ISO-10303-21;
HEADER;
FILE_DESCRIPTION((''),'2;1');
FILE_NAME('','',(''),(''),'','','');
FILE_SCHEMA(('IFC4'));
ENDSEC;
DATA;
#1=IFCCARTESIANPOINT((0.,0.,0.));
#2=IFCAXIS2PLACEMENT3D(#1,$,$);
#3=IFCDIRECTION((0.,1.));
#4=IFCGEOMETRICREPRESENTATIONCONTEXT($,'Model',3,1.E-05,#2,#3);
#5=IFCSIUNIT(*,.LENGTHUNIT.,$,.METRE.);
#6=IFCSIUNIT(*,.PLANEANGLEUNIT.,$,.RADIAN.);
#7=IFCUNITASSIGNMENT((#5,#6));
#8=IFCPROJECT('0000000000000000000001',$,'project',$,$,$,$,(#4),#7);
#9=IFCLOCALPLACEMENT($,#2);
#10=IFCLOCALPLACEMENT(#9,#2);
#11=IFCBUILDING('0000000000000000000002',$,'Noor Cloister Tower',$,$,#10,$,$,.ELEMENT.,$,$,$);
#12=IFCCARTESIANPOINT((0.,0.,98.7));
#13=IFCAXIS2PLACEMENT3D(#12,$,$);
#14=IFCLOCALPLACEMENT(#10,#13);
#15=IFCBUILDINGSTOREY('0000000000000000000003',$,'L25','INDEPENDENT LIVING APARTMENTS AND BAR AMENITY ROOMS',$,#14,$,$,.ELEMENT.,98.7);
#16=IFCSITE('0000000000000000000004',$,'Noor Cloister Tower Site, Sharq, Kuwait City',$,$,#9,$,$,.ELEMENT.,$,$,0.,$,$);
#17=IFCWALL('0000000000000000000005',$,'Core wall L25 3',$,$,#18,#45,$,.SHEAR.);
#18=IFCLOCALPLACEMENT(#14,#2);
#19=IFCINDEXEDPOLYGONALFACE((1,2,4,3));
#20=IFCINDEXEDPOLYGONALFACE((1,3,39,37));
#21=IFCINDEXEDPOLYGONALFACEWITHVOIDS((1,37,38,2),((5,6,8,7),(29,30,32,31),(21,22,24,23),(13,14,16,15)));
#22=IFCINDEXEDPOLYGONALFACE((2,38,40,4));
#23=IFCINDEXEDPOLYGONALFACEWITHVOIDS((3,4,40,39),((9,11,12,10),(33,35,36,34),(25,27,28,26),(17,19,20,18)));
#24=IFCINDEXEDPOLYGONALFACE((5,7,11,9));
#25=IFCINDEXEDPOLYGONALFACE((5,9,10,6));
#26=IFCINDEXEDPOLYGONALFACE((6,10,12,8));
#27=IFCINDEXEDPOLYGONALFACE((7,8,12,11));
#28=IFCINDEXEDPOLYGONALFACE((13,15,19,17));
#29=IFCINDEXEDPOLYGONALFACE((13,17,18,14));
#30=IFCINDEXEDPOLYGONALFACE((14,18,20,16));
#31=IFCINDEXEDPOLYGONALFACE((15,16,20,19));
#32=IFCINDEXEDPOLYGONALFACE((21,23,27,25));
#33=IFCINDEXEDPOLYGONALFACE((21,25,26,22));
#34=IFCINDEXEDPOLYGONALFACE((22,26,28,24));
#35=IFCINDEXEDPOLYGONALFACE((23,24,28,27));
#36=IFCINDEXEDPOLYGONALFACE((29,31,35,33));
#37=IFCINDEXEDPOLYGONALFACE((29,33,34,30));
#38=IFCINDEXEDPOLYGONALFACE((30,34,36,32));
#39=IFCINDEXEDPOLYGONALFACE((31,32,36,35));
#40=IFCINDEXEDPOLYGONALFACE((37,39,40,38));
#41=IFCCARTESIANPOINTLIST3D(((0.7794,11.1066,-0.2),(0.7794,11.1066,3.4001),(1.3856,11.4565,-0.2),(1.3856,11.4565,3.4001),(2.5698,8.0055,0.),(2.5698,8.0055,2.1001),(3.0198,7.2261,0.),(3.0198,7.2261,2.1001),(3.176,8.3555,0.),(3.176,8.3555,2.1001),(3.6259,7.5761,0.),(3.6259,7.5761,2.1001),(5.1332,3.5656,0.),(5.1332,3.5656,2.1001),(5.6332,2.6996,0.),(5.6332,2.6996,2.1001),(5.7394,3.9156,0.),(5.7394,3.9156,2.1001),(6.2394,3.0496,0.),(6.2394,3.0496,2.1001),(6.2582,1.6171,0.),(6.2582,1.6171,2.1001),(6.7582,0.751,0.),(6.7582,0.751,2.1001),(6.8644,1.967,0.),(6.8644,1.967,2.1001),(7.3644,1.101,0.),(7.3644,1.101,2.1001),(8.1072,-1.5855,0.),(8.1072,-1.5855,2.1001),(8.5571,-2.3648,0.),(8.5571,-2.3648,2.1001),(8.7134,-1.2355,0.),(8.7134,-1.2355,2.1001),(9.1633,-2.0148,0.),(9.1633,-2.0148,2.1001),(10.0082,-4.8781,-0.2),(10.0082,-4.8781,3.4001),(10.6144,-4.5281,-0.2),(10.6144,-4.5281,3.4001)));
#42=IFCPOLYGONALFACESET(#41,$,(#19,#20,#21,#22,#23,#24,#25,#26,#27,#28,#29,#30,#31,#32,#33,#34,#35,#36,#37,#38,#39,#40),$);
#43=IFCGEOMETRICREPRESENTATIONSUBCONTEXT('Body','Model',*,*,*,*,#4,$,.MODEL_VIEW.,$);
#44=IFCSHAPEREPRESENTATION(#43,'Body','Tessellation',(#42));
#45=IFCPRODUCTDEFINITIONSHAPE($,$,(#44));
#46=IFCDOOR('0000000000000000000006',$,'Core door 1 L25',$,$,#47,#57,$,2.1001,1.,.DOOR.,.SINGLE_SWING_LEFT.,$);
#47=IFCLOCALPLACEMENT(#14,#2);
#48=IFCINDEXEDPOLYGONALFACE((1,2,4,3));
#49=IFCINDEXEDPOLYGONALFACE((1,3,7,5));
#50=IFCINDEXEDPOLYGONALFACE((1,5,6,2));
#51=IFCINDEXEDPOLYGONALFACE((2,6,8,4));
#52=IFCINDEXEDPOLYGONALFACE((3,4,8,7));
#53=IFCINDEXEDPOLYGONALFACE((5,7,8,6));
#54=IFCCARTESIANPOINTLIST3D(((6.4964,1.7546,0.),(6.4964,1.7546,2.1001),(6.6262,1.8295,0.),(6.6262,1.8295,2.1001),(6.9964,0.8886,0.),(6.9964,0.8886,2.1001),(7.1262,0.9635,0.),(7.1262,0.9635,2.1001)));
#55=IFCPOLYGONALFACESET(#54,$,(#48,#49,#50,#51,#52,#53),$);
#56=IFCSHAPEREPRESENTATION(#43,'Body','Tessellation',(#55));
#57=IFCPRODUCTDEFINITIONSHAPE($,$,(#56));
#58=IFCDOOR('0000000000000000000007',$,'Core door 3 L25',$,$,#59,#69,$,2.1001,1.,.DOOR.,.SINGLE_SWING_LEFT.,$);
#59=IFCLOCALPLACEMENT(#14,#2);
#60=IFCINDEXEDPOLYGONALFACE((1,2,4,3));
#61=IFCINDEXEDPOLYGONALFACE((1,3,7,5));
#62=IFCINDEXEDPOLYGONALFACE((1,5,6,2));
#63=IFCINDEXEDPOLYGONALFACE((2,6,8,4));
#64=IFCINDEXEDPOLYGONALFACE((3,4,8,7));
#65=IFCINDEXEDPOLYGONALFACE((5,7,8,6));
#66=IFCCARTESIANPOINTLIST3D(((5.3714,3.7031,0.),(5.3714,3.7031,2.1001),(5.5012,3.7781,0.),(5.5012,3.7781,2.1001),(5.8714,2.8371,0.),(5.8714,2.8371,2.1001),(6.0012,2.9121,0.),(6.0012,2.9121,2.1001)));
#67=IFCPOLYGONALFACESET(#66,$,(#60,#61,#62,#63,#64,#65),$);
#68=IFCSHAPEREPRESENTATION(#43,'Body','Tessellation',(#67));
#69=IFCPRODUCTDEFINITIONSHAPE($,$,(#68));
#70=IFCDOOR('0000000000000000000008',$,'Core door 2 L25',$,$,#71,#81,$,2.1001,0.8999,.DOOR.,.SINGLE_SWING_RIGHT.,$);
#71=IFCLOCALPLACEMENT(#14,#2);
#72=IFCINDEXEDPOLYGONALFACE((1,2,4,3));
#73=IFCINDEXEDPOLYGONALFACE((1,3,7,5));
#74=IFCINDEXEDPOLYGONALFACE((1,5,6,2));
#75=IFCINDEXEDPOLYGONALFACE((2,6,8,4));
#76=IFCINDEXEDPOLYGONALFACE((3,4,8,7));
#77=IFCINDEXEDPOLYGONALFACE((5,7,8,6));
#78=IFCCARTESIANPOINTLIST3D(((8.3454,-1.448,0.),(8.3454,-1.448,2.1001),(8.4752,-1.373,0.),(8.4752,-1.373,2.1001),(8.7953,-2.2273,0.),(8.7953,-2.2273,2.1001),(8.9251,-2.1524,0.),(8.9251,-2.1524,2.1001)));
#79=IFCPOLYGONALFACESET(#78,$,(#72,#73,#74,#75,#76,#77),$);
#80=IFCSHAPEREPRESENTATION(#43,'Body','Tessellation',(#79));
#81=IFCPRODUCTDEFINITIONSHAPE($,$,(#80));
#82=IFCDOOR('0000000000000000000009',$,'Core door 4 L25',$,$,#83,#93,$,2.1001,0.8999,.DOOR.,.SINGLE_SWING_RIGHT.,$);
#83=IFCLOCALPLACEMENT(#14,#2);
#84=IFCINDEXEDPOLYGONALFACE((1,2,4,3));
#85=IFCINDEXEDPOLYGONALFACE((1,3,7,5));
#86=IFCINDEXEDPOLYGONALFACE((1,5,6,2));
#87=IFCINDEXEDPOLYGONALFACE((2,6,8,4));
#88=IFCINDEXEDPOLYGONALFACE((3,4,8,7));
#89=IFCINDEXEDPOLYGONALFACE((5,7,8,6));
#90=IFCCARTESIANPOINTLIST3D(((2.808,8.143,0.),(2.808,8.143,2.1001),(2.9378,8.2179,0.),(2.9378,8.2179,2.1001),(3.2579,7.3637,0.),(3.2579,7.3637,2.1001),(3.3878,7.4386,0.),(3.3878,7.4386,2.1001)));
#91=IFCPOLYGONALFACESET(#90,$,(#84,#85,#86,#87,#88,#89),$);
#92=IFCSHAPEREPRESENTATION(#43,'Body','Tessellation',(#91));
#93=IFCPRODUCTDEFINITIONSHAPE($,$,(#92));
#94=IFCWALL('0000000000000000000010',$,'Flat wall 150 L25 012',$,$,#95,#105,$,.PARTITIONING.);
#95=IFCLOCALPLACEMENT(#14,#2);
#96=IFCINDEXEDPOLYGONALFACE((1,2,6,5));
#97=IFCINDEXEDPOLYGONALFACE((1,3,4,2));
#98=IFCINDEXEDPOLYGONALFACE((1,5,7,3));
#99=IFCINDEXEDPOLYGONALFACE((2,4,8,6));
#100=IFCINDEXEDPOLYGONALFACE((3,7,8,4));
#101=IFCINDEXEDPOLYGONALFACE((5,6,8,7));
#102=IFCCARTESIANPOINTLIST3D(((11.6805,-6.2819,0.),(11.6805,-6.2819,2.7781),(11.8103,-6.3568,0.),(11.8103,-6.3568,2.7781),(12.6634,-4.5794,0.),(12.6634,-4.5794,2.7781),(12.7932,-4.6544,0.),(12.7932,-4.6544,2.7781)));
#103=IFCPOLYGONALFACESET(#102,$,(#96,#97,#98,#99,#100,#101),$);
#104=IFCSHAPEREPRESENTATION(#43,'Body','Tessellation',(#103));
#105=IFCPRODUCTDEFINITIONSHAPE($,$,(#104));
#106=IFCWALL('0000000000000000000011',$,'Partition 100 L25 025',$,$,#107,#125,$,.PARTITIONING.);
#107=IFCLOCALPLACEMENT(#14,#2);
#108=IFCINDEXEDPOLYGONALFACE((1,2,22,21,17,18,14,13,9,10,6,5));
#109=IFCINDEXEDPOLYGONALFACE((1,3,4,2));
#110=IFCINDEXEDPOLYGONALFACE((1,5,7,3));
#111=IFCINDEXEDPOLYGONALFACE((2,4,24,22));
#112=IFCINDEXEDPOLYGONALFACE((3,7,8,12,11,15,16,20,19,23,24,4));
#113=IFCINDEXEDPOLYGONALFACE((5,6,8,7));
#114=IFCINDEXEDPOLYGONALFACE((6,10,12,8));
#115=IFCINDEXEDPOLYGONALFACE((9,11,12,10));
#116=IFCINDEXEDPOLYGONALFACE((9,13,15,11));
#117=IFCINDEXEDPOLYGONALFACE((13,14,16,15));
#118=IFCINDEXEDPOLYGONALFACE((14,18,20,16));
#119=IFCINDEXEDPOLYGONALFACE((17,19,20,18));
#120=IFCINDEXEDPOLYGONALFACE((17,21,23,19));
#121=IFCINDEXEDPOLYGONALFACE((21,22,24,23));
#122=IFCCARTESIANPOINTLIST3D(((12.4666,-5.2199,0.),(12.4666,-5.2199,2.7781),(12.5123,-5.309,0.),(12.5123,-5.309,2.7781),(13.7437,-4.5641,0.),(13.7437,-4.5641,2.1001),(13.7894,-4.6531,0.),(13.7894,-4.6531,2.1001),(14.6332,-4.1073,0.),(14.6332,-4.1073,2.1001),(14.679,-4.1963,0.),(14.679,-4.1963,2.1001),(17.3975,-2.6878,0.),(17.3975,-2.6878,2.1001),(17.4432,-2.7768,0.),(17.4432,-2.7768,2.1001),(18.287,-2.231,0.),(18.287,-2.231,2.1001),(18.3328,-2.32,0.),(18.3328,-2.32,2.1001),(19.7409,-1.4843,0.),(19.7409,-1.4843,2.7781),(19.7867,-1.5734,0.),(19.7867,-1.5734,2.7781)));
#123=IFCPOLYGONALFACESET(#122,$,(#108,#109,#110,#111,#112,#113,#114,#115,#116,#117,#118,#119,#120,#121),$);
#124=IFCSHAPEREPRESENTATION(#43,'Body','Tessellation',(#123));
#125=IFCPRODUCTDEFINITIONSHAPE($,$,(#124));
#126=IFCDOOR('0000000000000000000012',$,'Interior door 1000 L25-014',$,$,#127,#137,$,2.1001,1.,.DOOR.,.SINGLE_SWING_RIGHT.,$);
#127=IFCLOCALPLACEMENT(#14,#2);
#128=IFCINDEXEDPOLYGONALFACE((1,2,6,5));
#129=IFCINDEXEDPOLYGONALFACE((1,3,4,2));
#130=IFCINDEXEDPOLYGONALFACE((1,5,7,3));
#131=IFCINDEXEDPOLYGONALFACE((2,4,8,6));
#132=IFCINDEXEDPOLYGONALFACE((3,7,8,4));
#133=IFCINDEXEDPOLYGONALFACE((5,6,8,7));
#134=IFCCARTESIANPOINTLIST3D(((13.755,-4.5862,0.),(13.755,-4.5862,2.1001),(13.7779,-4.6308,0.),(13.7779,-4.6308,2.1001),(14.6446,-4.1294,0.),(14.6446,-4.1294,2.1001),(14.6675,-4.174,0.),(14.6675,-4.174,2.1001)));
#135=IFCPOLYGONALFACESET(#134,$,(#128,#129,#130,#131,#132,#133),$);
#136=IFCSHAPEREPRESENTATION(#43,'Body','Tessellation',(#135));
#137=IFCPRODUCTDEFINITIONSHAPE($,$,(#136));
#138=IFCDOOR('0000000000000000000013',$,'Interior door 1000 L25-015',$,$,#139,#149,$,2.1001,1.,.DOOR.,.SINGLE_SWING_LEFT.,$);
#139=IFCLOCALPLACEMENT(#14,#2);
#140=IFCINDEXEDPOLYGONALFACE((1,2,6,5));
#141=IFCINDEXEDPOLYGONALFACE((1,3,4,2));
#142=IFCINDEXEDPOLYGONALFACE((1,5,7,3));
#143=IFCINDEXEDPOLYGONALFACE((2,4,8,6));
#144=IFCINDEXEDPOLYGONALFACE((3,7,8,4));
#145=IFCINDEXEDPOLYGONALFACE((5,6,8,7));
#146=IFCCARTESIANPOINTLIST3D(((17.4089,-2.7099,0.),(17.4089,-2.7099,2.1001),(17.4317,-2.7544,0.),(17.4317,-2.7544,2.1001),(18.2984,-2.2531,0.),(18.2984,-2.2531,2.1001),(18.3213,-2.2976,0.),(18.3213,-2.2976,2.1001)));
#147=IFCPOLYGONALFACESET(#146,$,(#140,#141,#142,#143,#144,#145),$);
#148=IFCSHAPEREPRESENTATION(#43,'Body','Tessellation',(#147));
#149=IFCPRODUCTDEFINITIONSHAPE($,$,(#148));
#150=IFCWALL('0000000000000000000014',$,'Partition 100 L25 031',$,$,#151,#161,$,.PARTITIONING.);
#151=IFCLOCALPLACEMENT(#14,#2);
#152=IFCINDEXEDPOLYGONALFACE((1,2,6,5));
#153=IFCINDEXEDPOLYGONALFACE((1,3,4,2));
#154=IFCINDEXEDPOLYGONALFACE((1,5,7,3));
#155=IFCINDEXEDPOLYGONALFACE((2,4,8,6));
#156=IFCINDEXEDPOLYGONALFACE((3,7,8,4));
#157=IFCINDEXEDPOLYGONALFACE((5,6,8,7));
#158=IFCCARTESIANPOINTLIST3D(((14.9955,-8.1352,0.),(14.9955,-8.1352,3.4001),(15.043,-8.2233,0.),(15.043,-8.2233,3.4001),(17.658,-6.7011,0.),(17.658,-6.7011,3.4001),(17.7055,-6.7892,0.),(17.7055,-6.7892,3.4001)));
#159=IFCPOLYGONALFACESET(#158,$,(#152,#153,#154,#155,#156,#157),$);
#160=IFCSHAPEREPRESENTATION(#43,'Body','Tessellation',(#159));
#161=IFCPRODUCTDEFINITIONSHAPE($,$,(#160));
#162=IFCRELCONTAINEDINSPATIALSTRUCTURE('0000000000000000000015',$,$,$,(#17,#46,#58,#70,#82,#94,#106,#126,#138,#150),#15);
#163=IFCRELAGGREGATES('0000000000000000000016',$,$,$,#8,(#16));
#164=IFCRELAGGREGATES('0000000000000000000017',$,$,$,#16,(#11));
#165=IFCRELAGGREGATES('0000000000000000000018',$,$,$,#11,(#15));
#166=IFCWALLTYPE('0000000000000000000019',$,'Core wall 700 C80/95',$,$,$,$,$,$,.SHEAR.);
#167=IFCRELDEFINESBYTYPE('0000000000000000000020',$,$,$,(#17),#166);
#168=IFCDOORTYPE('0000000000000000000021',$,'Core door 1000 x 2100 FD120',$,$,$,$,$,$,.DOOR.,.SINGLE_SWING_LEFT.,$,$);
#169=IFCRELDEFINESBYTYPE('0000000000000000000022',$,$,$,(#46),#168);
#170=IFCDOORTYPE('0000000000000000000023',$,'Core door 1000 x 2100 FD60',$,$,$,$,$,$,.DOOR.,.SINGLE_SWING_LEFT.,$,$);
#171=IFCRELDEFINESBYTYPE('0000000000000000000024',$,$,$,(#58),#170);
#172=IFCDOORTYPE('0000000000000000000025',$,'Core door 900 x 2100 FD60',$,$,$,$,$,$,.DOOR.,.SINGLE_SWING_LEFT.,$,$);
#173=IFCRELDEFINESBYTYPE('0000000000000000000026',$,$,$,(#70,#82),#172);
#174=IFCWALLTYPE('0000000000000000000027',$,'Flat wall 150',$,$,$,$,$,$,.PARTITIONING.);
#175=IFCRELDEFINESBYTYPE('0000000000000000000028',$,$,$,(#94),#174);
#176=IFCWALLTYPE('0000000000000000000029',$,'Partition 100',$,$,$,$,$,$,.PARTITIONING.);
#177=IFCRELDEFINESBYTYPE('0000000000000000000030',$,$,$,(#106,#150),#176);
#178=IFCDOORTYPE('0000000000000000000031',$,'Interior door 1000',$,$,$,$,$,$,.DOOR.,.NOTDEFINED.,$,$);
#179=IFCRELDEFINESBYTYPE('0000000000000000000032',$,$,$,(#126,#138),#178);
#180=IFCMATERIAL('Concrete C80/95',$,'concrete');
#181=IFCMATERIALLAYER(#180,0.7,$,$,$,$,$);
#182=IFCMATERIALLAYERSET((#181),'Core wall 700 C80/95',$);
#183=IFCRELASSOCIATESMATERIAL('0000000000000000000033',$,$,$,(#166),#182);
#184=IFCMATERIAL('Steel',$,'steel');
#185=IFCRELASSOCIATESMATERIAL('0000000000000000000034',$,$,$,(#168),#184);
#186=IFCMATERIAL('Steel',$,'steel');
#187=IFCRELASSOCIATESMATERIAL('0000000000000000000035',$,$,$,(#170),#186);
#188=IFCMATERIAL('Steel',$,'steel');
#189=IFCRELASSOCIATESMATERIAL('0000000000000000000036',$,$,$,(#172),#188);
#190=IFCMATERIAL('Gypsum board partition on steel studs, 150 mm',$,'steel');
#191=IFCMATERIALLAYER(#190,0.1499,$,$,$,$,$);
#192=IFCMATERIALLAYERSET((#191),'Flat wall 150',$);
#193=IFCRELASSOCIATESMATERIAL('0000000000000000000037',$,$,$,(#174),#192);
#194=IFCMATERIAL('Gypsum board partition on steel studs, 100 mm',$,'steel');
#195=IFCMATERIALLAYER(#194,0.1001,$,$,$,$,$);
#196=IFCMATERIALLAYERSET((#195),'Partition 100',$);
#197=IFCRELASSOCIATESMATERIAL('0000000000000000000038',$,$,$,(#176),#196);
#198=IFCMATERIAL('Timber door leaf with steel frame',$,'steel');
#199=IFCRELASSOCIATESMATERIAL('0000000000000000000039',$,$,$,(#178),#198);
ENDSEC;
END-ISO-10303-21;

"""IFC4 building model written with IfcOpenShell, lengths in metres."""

from ifc_helpers import new_model, si_unit, direction, frame, frame_2d, origin, place, context, subcontext, project, spatial, rectangle, extrude, material, layer, layer_set, type_object, element, fill, save


model = new_model("IFC4")

# Units and contexts
model_context = context("Model", 3, precision=1e-05, world=origin(), true_north=direction((0.0, 1.0)))
body_context = subcontext(model_context, "Body", "Model", "MODEL_VIEW")
ifc_project = project(units=[si_unit("LENGTHUNIT", "METRE"), si_unit("PLANEANGLEUNIT", "RADIAN")], contexts=[model_context])

# Site, building, storey
site_placement = place(None, origin())
site = spatial("IfcSite", under=ifc_project, at=site_placement, Name="Noor Cloister Tower Site, Sharq, Kuwait City", CompositionType="ELEMENT", RefElevation=0.0)
building_placement = place(site_placement, origin())
building = spatial("IfcBuilding", under=site, at=building_placement, Name="Noor Cloister Tower", CompositionType="ELEMENT")
storey_placement = place(building_placement, frame((0.0, 0.0, 98.7)))
storey = spatial("IfcBuildingStorey", under=building, at=storey_placement, Name="L25", Description="INDEPENDENT LIVING APARTMENTS AND BAR AMENITY ROOMS", CompositionType="ELEMENT", Elevation=98.7)

# Wall, openings, doors
ifc_material_1 = material(Name="Concrete C80/95", Category="concrete")
ifc_layer_1 = layer(ifc_material_1, 0.7)
ifc_layer_set_1 = layer_set([ifc_layer_1], Name="Core wall 700 C80/95")
wall_type_1 = type_object("IfcWallType", Name="Core wall 700 C80/95", PredefinedType="SHEAR", material=ifc_layer_set_1)
wall_1_placement = place(storey_placement, frame((10.3113, -4.7031, -0.2), z_axis=(0.0, 0.0, 1.0), x_axis=(-0.500001, 0.866025, 0.0)))
wall_1 = element("IfcWall", 1, at=wall_1_placement, inside=storey, type_object=wall_type_1, Name="Core wall L25 3", PredefinedType="SHEAR", context=body_context, shape_type="SweptSolid", body=[
    extrude(rectangle(XDim=18.4575, YDim=0.7, at=frame_2d((9.2288, 0.0))), origin(), (0.0, 0.0, 1.0), 3.6001),
])
opening_1_placement = place(wall_1_placement, frame((6.5, 0.0, 0.2)))
opening_1 = element("IfcOpeningElement", 2, at=opening_1_placement, cuts=wall_1, PredefinedType="OPENING", context=body_context, shape_type="SweptSolid", body=[
    extrude(rectangle(XDim=1.0, YDim=2.1001, at=frame_2d((0.5, 1.05))), frame((0.0, 0.3599, 0.0), z_axis=(0.0, -1.0, 0.0), x_axis=(1.0, 0.0, 0.0)), (0.0, 0.0, 1.0), 0.72),
])
opening_2_placement = place(wall_1_placement, frame((2.9021, 0.0, 0.2)))
opening_2 = element("IfcOpeningElement", 3, at=opening_2_placement, cuts=wall_1, PredefinedType="OPENING", context=body_context, shape_type="SweptSolid", body=[
    extrude(rectangle(XDim=0.8999, YDim=2.1001, at=frame_2d((0.45, 1.05))), frame((0.0, 0.3599, 0.0), z_axis=(0.0, -1.0, 0.0), x_axis=(1.0, 0.0, 0.0)), (0.0, 0.0, 1.0), 0.72),
])
opening_3_placement = place(wall_1_placement, frame((8.75, 0.0, 0.2)))
opening_3 = element("IfcOpeningElement", 4, at=opening_3_placement, cuts=wall_1, PredefinedType="OPENING", context=body_context, shape_type="SweptSolid", body=[
    extrude(rectangle(XDim=1.0, YDim=2.1001, at=frame_2d((0.5, 1.05))), frame((0.0, 0.3599, 0.0), z_axis=(0.0, -1.0, 0.0), x_axis=(1.0, 0.0, 0.0)), (0.0, 0.0, 1.0), 0.72),
])
opening_4_placement = place(wall_1_placement, frame((13.9768, 0.0, 0.2)))
opening_4 = element("IfcOpeningElement", 5, at=opening_4_placement, cuts=wall_1, PredefinedType="OPENING", context=body_context, shape_type="SweptSolid", body=[
    extrude(rectangle(XDim=0.8999, YDim=2.1001, at=frame_2d((0.45, 1.05))), frame((0.0, 0.3599, 0.0), z_axis=(0.0, -1.0, 0.0), x_axis=(1.0, 0.0, 0.0)), (0.0, 0.0, 1.0), 0.72),
])
ifc_material_2 = material(Name="Steel", Category="steel")
door_type_1 = type_object("IfcDoorType", Name="Core door 1000 x 2100 FD120", OperationType="SINGLE_SWING_LEFT", PredefinedType="DOOR", material=ifc_material_2)
door_1_placement = place(opening_1_placement, origin())
door_1 = element("IfcDoor", 6, at=door_1_placement, inside=storey, type_object=door_type_1, Name="Core door 1 L25", OperationType="SINGLE_SWING_LEFT", OverallHeight=2.1001, OverallWidth=1.0, PredefinedType="DOOR", context=body_context, shape_type="SweptSolid", body=[
    extrude(rectangle(XDim=1.0, YDim=2.1001, at=frame_2d((0.5, 1.05))), frame((0.0, 0.075, 0.0), z_axis=(0.0, -1.0, 0.0), x_axis=(1.0, 0.0, 0.0)), (0.0, 0.0, 1.0), 0.1499),
])
fill(opening_1, door_1)
ifc_material_3 = material(Name="Steel", Category="steel")
door_type_2 = type_object("IfcDoorType", Name="Core door 1000 x 2100 FD60", OperationType="SINGLE_SWING_LEFT", PredefinedType="DOOR", material=ifc_material_3)
door_2_placement = place(opening_3_placement, origin())
door_2 = element("IfcDoor", 7, at=door_2_placement, inside=storey, type_object=door_type_2, Name="Core door 3 L25", OperationType="SINGLE_SWING_LEFT", OverallHeight=2.1001, OverallWidth=1.0, PredefinedType="DOOR", context=body_context, shape_type="SweptSolid", body=[
    extrude(rectangle(XDim=1.0, YDim=2.1001, at=frame_2d((0.5, 1.05))), frame((0.0, 0.075, 0.0), z_axis=(0.0, -1.0, 0.0), x_axis=(1.0, 0.0, 0.0)), (0.0, 0.0, 1.0), 0.1499),
])
fill(opening_3, door_2)
ifc_material_4 = material(Name="Steel", Category="steel")
door_type_3 = type_object("IfcDoorType", Name="Core door 900 x 2100 FD60", OperationType="SINGLE_SWING_LEFT", PredefinedType="DOOR", material=ifc_material_4)
door_3_placement = place(opening_2_placement, origin())
door_3 = element("IfcDoor", 8, at=door_3_placement, inside=storey, type_object=door_type_3, Name="Core door 2 L25", OperationType="SINGLE_SWING_RIGHT", OverallHeight=2.1001, OverallWidth=0.8999, PredefinedType="DOOR", context=body_context, shape_type="SweptSolid", body=[
    extrude(rectangle(XDim=0.8999, YDim=2.1001, at=frame_2d((0.45, 1.05))), frame((0.0, 0.075, 0.0), z_axis=(0.0, -1.0, 0.0), x_axis=(1.0, 0.0, 0.0)), (0.0, 0.0, 1.0), 0.1499),
])
fill(opening_2, door_3)
door_4_placement = place(opening_4_placement, origin())
door_4 = element("IfcDoor", 9, at=door_4_placement, inside=storey, type_object=door_type_3, Name="Core door 4 L25", OperationType="SINGLE_SWING_RIGHT", OverallHeight=2.1001, OverallWidth=0.8999, PredefinedType="DOOR", context=body_context, shape_type="SweptSolid", body=[
    extrude(rectangle(XDim=0.8999, YDim=2.1001, at=frame_2d((0.45, 1.05))), frame((0.0, 0.075, 0.0), z_axis=(0.0, -1.0, 0.0), x_axis=(1.0, 0.0, 0.0)), (0.0, 0.0, 1.0), 0.1499),
])
fill(opening_4, door_4)

# Wall
ifc_material_5 = material(Name="Gypsum board partition on steel studs, 150 mm", Category="steel")
ifc_layer_2 = layer(ifc_material_5, 0.1499)
ifc_layer_set_2 = layer_set([ifc_layer_2], Name="Flat wall 150")
wall_type_2 = type_object("IfcWallType", Name="Flat wall 150", PredefinedType="PARTITIONING", material=ifc_layer_set_2)
wall_2_placement = place(storey_placement, frame((11.7454, -6.3193, 0.0), z_axis=(0.0, 0.0, 1.0), x_axis=(0.500013, 0.866018, 0.0)))
element("IfcWall", 10, at=wall_2_placement, inside=storey, type_object=wall_type_2, Name="Flat wall 150 L25 012", PredefinedType="PARTITIONING", context=body_context, shape_type="SweptSolid", body=[
    extrude(rectangle(XDim=1.9658, YDim=0.1499, at=frame_2d((0.9829, 0.0))), origin(), (0.0, 0.0, 1.0), 2.7781),
])

# Wall, openings, doors
ifc_material_6 = material(Name="Gypsum board partition on steel studs, 100 mm", Category="steel")
ifc_layer_3 = layer(ifc_material_6, 0.1001)
ifc_layer_set_3 = layer_set([ifc_layer_3], Name="Partition 100")
wall_type_3 = type_object("IfcWallType", Name="Partition 100", PredefinedType="PARTITIONING", material=ifc_layer_set_3)
wall_3_placement = place(storey_placement, frame((19.7639, -1.5288, 0.0), z_axis=(0.0, 0.0, 1.0), x_axis=(-0.889563, -0.456813, 0.0)))
wall_3 = element("IfcWall", 11, at=wall_3_placement, inside=storey, type_object=wall_type_3, Name="Partition 100 L25 025", PredefinedType="PARTITIONING", context=body_context, shape_type="SweptSolid", body=[
    extrude(rectangle(XDim=8.1775, YDim=0.1001, at=frame_2d((4.0889, 0.0))), origin(), (0.0, 0.0, 1.0), 2.7781),
])
opening_5_placement = place(wall_3_placement, frame((5.7419, 0.0, 0.0)))
opening_5 = element("IfcOpeningElement", 12, at=opening_5_placement, cuts=wall_3, PredefinedType="OPENING", context=body_context, shape_type="SweptSolid", body=[
    extrude(rectangle(XDim=1.0, YDim=2.1001, at=frame_2d((0.5, 1.05))), frame((0.0, 0.0601, 0.0), z_axis=(0.0, -1.0, 0.0), x_axis=(1.0, 0.0, 0.0)), (0.0, 0.0, 1.0), 0.1201),
])
opening_6_placement = place(wall_3_placement, frame((1.6345, 0.0, 0.0)))
opening_6 = element("IfcOpeningElement", 13, at=opening_6_placement, cuts=wall_3, PredefinedType="OPENING", context=body_context, shape_type="SweptSolid", body=[
    extrude(rectangle(XDim=1.0, YDim=2.1001, at=frame_2d((0.5, 1.05))), frame((0.0, 0.0601, 0.0), z_axis=(0.0, -1.0, 0.0), x_axis=(1.0, 0.0, 0.0)), (0.0, 0.0, 1.0), 0.1201),
])
ifc_material_7 = material(Name="Timber door leaf with steel frame", Category="steel")
door_type_4 = type_object("IfcDoorType", Name="Interior door 1000", OperationType="NOTDEFINED", PredefinedType="DOOR", material=ifc_material_7)
door_5_placement = place(opening_5_placement, origin())
door_5 = element("IfcDoor", 14, at=door_5_placement, inside=storey, type_object=door_type_4, Name="Interior door 1000 L25-014", OperationType="SINGLE_SWING_RIGHT", OverallHeight=2.1001, OverallWidth=1.0, PredefinedType="DOOR", context=body_context, shape_type="SweptSolid", body=[
    extrude(rectangle(XDim=1.0, YDim=2.1001, at=frame_2d((0.5, 1.05))), frame((0.0, 0.0249, 0.0), z_axis=(0.0, -1.0, 0.0), x_axis=(1.0, 0.0, 0.0)), (0.0, 0.0, 1.0), 0.05),
])
fill(opening_5, door_5)
door_6_placement = place(opening_6_placement, origin())
door_6 = element("IfcDoor", 15, at=door_6_placement, inside=storey, type_object=door_type_4, Name="Interior door 1000 L25-015", OperationType="SINGLE_SWING_LEFT", OverallHeight=2.1001, OverallWidth=1.0, PredefinedType="DOOR", context=body_context, shape_type="SweptSolid", body=[
    extrude(rectangle(XDim=1.0, YDim=2.1001, at=frame_2d((0.5, 1.05))), frame((0.0, 0.0249, 0.0), z_axis=(0.0, -1.0, 0.0), x_axis=(1.0, 0.0, 0.0)), (0.0, 0.0, 1.0), 0.05),
])
fill(opening_6, door_6)

# Wall
wall_4_placement = place(storey_placement, frame((17.6819, -6.7451, 0.0), z_axis=(0.0, 0.0, 1.0), x_axis=(-0.880419, -0.474196, 0.0)))
element("IfcWall", 16, at=wall_4_placement, inside=storey, type_object=wall_type_3, Name="Partition 100 L25 031", PredefinedType="PARTITIONING", context=body_context, shape_type="SweptSolid", body=[
    extrude(rectangle(XDim=3.0242, YDim=0.1001, at=frame_2d((1.5122, 0.0))), origin(), (0.0, 0.0, 1.0), 3.4001),
])

save(model, "model.ifc")
